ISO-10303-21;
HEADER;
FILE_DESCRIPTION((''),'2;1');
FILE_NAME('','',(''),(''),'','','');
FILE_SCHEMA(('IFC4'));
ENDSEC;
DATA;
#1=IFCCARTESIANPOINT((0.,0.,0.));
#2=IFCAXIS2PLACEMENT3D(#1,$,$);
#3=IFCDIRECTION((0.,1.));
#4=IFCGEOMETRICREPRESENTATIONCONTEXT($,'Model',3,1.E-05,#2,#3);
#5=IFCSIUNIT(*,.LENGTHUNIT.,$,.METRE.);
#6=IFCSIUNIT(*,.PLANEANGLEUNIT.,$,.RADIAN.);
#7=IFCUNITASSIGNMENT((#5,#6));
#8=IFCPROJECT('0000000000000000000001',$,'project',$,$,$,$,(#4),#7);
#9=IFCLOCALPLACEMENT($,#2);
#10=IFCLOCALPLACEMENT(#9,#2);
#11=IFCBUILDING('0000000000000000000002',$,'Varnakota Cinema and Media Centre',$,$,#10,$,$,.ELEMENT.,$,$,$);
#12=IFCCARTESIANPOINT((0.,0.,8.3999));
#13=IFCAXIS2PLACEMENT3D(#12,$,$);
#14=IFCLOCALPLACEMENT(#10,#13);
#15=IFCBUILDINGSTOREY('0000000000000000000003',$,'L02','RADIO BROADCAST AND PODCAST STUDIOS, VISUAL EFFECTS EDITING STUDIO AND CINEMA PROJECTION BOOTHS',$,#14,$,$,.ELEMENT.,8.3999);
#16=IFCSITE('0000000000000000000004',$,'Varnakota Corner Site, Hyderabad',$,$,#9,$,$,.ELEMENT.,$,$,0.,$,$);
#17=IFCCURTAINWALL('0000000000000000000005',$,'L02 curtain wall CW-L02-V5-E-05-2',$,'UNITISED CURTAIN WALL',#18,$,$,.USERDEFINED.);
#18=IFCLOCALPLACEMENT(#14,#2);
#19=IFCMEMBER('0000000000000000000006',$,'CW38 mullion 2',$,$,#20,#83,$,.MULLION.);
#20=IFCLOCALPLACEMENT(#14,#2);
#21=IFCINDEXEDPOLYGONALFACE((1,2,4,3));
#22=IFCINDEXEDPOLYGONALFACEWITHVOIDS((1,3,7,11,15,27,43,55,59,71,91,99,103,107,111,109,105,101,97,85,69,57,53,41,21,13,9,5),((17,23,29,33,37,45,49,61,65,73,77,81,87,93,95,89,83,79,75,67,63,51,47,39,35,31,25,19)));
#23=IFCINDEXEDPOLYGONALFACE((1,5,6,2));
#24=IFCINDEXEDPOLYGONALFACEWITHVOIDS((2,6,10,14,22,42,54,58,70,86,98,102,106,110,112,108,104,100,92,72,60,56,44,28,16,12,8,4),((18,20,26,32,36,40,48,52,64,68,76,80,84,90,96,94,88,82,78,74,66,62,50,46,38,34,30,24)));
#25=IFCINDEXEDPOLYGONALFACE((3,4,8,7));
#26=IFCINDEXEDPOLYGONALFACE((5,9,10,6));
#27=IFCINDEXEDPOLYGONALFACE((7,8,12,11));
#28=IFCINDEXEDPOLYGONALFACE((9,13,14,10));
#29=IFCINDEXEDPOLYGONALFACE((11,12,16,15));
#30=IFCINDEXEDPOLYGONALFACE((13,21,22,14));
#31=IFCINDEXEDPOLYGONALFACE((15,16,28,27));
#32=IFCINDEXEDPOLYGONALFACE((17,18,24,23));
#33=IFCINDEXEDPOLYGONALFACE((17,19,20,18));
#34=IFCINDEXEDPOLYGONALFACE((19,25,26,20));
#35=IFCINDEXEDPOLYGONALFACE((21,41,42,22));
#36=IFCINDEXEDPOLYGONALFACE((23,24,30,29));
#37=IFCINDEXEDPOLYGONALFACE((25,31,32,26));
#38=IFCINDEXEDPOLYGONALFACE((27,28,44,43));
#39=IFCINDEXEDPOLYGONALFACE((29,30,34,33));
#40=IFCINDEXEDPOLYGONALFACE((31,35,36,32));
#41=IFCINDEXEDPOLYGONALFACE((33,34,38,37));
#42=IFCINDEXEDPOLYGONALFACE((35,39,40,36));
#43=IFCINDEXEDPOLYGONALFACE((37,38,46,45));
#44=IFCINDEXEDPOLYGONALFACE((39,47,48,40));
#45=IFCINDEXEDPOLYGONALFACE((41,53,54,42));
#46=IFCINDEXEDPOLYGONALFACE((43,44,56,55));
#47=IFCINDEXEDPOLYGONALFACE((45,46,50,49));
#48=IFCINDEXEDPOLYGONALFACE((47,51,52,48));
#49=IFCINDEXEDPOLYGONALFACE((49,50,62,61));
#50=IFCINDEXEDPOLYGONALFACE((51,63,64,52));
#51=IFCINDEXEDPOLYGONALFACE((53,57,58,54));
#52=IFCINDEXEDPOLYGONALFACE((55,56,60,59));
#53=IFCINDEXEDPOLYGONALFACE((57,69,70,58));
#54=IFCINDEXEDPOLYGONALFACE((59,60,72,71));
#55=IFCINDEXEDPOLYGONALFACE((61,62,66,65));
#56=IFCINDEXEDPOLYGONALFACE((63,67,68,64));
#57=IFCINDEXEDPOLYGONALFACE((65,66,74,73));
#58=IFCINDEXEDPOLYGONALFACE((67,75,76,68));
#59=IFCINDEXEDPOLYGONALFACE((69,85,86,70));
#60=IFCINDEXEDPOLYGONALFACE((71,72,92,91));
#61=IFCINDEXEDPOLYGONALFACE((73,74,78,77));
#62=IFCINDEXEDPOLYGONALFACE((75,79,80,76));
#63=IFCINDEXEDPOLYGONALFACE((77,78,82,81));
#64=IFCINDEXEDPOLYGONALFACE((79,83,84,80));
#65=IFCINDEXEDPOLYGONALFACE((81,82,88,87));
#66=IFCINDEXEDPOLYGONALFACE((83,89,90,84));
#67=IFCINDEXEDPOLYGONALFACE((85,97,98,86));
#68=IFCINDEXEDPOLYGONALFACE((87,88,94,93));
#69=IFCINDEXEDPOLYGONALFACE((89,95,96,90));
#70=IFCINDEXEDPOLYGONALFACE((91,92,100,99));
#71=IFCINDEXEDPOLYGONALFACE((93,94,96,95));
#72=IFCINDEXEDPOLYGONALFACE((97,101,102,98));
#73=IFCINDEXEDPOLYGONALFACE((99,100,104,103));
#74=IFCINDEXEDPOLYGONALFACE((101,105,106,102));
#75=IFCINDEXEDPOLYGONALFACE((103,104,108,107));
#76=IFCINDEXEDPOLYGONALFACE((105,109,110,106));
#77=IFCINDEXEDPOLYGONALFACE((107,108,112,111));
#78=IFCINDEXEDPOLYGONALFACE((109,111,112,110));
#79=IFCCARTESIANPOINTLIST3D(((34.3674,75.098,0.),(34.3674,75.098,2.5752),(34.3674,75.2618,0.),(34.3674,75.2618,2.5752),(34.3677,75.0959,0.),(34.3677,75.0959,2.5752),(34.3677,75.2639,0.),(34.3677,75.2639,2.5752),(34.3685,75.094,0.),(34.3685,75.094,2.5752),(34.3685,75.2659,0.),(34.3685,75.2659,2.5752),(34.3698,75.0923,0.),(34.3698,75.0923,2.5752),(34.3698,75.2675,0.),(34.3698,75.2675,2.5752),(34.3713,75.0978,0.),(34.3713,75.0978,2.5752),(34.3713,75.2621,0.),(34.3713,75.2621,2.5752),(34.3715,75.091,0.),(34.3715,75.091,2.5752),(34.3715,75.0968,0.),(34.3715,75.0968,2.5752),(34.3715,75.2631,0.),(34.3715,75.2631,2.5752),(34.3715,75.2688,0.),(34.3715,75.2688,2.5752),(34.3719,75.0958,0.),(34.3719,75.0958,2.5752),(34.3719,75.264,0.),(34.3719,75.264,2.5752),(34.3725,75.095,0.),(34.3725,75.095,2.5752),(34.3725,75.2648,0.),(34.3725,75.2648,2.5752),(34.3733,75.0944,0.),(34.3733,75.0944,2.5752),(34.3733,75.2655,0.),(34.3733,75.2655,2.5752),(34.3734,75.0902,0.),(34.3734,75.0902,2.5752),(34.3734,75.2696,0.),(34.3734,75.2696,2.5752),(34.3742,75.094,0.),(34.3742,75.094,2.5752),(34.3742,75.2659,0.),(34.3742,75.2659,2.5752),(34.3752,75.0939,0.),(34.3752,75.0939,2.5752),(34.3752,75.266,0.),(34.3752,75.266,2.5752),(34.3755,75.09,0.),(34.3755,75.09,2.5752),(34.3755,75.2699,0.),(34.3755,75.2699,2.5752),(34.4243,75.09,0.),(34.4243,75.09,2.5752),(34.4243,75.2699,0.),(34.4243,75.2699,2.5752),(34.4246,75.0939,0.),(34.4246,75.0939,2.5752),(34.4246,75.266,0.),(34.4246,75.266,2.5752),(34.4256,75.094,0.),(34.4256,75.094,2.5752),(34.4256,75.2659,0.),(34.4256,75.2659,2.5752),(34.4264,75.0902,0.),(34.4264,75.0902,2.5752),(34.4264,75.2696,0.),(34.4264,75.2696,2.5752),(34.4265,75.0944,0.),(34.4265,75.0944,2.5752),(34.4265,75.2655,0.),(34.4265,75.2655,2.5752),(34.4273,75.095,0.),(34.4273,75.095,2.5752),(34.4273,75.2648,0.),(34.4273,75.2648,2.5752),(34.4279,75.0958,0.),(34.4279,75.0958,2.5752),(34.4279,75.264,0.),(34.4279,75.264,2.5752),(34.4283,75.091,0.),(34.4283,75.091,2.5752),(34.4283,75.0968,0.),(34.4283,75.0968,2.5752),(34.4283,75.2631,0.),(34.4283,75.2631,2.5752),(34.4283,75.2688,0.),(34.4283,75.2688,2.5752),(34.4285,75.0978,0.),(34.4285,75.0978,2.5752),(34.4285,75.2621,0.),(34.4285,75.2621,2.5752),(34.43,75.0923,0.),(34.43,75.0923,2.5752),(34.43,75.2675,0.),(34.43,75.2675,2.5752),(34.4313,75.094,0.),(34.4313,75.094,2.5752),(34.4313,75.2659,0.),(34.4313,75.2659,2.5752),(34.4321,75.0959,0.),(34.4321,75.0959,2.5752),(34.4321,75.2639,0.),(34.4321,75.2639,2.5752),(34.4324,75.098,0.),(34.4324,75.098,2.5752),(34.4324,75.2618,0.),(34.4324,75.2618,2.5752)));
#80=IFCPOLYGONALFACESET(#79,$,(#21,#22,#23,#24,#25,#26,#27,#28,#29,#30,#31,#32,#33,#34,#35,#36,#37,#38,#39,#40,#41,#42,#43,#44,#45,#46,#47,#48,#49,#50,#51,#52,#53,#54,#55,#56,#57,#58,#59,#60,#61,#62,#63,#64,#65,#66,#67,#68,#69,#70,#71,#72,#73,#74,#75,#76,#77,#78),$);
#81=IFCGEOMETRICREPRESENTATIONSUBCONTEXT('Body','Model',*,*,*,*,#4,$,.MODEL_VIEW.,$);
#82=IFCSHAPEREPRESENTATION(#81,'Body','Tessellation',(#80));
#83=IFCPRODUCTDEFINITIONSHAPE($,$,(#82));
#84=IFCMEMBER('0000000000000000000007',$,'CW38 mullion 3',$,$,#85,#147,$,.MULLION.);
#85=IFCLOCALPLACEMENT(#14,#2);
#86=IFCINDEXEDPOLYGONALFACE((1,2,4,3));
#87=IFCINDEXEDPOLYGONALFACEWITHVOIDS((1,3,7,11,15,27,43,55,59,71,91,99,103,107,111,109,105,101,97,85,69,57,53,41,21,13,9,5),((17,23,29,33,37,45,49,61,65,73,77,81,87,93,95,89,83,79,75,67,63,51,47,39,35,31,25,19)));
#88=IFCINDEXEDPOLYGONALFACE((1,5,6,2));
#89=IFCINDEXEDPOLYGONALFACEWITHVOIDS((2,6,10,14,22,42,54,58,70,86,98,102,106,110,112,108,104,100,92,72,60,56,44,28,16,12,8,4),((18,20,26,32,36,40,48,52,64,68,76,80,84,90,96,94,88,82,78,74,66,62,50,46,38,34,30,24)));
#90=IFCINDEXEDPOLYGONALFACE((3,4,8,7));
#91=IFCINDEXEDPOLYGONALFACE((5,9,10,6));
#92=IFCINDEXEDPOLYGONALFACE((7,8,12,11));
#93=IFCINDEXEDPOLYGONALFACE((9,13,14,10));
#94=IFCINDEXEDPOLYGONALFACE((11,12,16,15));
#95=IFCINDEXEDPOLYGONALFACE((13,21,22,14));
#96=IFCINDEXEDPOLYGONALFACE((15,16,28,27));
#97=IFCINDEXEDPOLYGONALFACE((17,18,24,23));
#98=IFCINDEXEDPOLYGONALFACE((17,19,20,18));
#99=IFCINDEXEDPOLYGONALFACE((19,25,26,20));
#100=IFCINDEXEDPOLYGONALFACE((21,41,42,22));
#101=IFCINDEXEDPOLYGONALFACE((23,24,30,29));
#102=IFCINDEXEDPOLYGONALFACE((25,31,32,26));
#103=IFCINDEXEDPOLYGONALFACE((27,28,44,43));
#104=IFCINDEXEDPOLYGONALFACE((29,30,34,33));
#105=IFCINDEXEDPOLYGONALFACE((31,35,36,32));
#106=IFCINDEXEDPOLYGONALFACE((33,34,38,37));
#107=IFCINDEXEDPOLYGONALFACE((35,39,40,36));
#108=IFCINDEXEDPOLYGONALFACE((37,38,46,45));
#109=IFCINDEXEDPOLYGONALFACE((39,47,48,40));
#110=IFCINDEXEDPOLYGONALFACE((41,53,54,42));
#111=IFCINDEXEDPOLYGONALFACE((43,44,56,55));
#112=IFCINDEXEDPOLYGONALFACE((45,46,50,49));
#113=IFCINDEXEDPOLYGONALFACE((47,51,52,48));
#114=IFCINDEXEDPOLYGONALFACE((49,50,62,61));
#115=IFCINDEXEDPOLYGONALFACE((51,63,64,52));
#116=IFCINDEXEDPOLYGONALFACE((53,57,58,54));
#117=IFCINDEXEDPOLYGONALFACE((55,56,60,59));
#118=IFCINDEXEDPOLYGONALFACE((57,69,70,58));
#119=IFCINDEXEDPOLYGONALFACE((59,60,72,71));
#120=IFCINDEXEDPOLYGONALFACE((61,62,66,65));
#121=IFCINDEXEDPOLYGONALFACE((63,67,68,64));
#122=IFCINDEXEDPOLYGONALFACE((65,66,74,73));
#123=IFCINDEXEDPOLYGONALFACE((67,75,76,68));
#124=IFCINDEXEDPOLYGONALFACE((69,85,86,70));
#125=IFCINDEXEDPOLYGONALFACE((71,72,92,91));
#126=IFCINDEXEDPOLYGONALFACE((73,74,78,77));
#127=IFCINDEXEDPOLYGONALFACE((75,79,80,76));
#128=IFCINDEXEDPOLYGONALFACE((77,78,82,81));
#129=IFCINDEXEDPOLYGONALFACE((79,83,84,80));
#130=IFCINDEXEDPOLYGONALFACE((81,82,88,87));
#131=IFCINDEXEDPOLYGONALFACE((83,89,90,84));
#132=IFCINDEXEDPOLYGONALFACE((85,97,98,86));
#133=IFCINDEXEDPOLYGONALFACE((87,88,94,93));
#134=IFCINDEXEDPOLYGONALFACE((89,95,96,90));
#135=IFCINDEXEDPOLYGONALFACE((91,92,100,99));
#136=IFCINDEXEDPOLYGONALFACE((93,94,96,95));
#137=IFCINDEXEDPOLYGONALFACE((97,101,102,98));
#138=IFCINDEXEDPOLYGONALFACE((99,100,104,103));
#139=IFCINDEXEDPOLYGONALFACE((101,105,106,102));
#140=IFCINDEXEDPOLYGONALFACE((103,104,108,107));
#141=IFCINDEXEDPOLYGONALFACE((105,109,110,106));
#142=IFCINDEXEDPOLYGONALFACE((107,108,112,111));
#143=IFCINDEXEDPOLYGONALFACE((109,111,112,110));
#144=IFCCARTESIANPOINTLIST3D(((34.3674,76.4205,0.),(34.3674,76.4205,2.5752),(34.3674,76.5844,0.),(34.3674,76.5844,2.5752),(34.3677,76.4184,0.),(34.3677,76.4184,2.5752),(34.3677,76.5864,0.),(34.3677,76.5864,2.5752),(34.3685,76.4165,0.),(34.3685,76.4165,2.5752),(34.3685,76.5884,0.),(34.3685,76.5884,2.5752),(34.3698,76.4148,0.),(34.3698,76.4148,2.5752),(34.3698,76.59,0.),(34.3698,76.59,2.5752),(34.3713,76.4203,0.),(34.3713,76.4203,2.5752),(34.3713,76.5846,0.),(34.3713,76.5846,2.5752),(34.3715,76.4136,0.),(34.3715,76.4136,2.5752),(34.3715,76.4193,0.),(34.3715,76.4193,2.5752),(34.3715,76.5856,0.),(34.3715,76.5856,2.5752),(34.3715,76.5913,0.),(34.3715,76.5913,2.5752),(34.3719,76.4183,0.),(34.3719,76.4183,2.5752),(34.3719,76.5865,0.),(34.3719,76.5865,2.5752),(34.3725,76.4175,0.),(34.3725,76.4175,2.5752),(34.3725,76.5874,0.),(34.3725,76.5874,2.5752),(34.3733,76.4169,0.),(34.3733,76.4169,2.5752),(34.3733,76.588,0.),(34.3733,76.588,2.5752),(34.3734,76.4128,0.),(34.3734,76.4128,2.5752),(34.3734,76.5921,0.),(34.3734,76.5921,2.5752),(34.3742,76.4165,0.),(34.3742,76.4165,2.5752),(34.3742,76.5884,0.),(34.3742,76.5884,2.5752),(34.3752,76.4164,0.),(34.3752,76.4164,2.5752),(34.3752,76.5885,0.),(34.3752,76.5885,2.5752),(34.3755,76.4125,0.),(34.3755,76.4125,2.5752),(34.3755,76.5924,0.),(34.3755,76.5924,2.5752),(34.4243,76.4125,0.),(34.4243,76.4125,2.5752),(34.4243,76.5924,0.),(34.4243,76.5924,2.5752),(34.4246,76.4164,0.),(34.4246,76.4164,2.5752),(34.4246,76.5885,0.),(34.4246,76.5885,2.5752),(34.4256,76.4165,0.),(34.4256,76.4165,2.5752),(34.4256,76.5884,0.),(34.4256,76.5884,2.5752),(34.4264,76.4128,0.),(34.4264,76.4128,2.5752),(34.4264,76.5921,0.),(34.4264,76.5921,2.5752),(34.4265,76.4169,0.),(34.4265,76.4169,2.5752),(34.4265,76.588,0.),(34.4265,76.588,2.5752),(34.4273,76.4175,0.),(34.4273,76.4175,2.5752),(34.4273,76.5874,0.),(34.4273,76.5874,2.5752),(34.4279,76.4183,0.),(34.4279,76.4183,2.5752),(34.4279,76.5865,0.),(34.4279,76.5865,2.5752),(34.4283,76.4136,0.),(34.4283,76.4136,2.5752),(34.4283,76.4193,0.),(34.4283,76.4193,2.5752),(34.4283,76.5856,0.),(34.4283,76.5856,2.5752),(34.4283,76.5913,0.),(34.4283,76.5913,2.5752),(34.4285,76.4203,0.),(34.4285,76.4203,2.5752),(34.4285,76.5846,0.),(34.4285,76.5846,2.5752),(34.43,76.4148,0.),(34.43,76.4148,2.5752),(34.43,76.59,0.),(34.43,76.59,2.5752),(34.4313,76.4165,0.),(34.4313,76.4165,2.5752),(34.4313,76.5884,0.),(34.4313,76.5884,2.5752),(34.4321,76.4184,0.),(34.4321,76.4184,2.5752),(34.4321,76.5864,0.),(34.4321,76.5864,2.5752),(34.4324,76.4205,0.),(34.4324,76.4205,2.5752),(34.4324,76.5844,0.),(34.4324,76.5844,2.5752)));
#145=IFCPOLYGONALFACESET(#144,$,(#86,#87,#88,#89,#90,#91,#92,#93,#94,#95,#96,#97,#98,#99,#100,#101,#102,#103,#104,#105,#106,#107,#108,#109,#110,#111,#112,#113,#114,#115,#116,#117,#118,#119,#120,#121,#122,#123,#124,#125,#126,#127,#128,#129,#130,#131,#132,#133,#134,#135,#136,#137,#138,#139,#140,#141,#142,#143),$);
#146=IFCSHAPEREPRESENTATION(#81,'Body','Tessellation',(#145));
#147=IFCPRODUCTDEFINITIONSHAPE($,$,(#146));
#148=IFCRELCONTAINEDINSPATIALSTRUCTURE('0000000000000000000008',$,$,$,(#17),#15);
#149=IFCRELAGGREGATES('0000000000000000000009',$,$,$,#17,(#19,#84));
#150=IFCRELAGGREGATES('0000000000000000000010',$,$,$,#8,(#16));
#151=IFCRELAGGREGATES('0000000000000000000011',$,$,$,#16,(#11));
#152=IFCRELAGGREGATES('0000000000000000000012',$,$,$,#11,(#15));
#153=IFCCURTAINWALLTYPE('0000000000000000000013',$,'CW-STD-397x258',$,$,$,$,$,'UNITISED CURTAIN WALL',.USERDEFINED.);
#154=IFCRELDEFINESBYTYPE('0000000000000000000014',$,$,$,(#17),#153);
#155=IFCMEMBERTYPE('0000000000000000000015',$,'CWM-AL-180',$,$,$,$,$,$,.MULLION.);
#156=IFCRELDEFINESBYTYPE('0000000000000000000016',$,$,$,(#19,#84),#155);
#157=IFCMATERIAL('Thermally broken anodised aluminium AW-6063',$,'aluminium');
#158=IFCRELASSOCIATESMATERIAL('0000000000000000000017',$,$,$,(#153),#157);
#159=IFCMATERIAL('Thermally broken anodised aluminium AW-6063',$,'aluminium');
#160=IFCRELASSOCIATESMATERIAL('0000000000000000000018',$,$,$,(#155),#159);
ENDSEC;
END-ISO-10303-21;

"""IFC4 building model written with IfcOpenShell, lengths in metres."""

from ifc_helpers import new_model, si_unit, direction, frame, origin, origin_2d, place, context, subcontext, project, spatial, hollow_rectangle, extrude, material, material_profile, profile_set, type_object, element, aggregate, save


model = new_model("IFC4")

# Units and contexts
model_context = context("Model", 3, precision=1e-05, world=origin(), true_north=direction((0.0, 1.0)))
body_context = subcontext(model_context, "Body", "Model", "MODEL_VIEW")
ifc_project = project(units=[si_unit("LENGTHUNIT", "METRE"), si_unit("PLANEANGLEUNIT", "RADIAN")], contexts=[model_context])

# Site, building, storey
site_placement = place(None, origin())
site = spatial("IfcSite", under=ifc_project, at=site_placement, Name="Varnakota Corner Site, Hyderabad", CompositionType="ELEMENT", RefElevation=0.0)
building_placement = place(site_placement, origin())
building = spatial("IfcBuilding", under=site, at=building_placement, Name="Varnakota Cinema and Media Centre", CompositionType="ELEMENT")
storey_placement = place(building_placement, frame((0.0, 0.0, 8.3999)))
storey = spatial("IfcBuildingStorey", under=building, at=storey_placement, Name="L02", Description="RADIO BROADCAST AND PODCAST STUDIOS, VISUAL EFFECTS EDITING STUDIO AND CINEMA PROJECTION BOOTHS", CompositionType="ELEMENT", Elevation=8.3999)

# Shared definitions
ifc_material_1 = material(Name="Thermally broken anodised aluminium AW-6063", Category="aluminium")
curtain_wall_type = type_object("IfcCurtainWallType", Name="CW-STD-397x258", ElementType="UNITISED CURTAIN WALL", PredefinedType="USERDEFINED", material=ifc_material_1)
ifc_material_2 = material(Name="Thermally broken anodised aluminium AW-6063", Category="aluminium")
ifc_material_profile_1 = material_profile(ifc_material_2, hollow_rectangle(XDim=0.0649, YDim=0.1799, WallThickness=0.0039, InnerFilletRadius=0.0039, OuterFilletRadius=0.0081, at=origin_2d()), Name="AL-MULLION 180x65x4")
ifc_profile_set_1 = profile_set([ifc_material_profile_1], Name="Thermally broken anodised aluminium AW-6063")
member_type_1 = type_object("IfcMemberType", Name="CWM-AL-180", PredefinedType="MULLION", material=ifc_profile_set_1)

# Curtain wall, members
curtain_wall_1_placement = place(storey_placement, origin())
curtain_wall_1 = element("IfcCurtainWall", 1, at=curtain_wall_1_placement, inside=storey, type_object=curtain_wall_type, Name="L02 curtain wall CW-L02-V5-E-05-2", ObjectType="UNITISED CURTAIN WALL", PredefinedType="USERDEFINED")
member_1_placement = place(storey_placement, frame((34.3999, 75.1799, 0.0), z_axis=(0.0, 0.0, 1.0), x_axis=(-1.0, 0.0, 0.0)))
member_1 = element("IfcMember", 2, at=member_1_placement, type_object=member_type_1, Name="CW38 mullion 2", PredefinedType="MULLION", context=body_context, shape_type="SweptSolid", body=[
    extrude(hollow_rectangle(XDim=0.0649, YDim=0.1799, WallThickness=0.0039, InnerFilletRadius=0.0039, OuterFilletRadius=0.0081, at=origin_2d()), origin(), (0.0, 0.0, 1.0), 2.5752),
])
member_2_placement = place(storey_placement, frame((34.3999, 76.5024, 0.0), z_axis=(0.0, 0.0, 1.0), x_axis=(-1.0, 0.0, 0.0)))
member_2 = element("IfcMember", 3, at=member_2_placement, type_object=member_type_1, Name="CW38 mullion 3", PredefinedType="MULLION", context=body_context, shape_type="SweptSolid", body=[
    extrude(hollow_rectangle(XDim=0.0649, YDim=0.1799, WallThickness=0.0039, InnerFilletRadius=0.0039, OuterFilletRadius=0.0081, at=origin_2d()), origin(), (0.0, 0.0, 1.0), 2.5752),
])
aggregate(curtain_wall_1, [member_1, member_2])

save(model, "model.ifc")
